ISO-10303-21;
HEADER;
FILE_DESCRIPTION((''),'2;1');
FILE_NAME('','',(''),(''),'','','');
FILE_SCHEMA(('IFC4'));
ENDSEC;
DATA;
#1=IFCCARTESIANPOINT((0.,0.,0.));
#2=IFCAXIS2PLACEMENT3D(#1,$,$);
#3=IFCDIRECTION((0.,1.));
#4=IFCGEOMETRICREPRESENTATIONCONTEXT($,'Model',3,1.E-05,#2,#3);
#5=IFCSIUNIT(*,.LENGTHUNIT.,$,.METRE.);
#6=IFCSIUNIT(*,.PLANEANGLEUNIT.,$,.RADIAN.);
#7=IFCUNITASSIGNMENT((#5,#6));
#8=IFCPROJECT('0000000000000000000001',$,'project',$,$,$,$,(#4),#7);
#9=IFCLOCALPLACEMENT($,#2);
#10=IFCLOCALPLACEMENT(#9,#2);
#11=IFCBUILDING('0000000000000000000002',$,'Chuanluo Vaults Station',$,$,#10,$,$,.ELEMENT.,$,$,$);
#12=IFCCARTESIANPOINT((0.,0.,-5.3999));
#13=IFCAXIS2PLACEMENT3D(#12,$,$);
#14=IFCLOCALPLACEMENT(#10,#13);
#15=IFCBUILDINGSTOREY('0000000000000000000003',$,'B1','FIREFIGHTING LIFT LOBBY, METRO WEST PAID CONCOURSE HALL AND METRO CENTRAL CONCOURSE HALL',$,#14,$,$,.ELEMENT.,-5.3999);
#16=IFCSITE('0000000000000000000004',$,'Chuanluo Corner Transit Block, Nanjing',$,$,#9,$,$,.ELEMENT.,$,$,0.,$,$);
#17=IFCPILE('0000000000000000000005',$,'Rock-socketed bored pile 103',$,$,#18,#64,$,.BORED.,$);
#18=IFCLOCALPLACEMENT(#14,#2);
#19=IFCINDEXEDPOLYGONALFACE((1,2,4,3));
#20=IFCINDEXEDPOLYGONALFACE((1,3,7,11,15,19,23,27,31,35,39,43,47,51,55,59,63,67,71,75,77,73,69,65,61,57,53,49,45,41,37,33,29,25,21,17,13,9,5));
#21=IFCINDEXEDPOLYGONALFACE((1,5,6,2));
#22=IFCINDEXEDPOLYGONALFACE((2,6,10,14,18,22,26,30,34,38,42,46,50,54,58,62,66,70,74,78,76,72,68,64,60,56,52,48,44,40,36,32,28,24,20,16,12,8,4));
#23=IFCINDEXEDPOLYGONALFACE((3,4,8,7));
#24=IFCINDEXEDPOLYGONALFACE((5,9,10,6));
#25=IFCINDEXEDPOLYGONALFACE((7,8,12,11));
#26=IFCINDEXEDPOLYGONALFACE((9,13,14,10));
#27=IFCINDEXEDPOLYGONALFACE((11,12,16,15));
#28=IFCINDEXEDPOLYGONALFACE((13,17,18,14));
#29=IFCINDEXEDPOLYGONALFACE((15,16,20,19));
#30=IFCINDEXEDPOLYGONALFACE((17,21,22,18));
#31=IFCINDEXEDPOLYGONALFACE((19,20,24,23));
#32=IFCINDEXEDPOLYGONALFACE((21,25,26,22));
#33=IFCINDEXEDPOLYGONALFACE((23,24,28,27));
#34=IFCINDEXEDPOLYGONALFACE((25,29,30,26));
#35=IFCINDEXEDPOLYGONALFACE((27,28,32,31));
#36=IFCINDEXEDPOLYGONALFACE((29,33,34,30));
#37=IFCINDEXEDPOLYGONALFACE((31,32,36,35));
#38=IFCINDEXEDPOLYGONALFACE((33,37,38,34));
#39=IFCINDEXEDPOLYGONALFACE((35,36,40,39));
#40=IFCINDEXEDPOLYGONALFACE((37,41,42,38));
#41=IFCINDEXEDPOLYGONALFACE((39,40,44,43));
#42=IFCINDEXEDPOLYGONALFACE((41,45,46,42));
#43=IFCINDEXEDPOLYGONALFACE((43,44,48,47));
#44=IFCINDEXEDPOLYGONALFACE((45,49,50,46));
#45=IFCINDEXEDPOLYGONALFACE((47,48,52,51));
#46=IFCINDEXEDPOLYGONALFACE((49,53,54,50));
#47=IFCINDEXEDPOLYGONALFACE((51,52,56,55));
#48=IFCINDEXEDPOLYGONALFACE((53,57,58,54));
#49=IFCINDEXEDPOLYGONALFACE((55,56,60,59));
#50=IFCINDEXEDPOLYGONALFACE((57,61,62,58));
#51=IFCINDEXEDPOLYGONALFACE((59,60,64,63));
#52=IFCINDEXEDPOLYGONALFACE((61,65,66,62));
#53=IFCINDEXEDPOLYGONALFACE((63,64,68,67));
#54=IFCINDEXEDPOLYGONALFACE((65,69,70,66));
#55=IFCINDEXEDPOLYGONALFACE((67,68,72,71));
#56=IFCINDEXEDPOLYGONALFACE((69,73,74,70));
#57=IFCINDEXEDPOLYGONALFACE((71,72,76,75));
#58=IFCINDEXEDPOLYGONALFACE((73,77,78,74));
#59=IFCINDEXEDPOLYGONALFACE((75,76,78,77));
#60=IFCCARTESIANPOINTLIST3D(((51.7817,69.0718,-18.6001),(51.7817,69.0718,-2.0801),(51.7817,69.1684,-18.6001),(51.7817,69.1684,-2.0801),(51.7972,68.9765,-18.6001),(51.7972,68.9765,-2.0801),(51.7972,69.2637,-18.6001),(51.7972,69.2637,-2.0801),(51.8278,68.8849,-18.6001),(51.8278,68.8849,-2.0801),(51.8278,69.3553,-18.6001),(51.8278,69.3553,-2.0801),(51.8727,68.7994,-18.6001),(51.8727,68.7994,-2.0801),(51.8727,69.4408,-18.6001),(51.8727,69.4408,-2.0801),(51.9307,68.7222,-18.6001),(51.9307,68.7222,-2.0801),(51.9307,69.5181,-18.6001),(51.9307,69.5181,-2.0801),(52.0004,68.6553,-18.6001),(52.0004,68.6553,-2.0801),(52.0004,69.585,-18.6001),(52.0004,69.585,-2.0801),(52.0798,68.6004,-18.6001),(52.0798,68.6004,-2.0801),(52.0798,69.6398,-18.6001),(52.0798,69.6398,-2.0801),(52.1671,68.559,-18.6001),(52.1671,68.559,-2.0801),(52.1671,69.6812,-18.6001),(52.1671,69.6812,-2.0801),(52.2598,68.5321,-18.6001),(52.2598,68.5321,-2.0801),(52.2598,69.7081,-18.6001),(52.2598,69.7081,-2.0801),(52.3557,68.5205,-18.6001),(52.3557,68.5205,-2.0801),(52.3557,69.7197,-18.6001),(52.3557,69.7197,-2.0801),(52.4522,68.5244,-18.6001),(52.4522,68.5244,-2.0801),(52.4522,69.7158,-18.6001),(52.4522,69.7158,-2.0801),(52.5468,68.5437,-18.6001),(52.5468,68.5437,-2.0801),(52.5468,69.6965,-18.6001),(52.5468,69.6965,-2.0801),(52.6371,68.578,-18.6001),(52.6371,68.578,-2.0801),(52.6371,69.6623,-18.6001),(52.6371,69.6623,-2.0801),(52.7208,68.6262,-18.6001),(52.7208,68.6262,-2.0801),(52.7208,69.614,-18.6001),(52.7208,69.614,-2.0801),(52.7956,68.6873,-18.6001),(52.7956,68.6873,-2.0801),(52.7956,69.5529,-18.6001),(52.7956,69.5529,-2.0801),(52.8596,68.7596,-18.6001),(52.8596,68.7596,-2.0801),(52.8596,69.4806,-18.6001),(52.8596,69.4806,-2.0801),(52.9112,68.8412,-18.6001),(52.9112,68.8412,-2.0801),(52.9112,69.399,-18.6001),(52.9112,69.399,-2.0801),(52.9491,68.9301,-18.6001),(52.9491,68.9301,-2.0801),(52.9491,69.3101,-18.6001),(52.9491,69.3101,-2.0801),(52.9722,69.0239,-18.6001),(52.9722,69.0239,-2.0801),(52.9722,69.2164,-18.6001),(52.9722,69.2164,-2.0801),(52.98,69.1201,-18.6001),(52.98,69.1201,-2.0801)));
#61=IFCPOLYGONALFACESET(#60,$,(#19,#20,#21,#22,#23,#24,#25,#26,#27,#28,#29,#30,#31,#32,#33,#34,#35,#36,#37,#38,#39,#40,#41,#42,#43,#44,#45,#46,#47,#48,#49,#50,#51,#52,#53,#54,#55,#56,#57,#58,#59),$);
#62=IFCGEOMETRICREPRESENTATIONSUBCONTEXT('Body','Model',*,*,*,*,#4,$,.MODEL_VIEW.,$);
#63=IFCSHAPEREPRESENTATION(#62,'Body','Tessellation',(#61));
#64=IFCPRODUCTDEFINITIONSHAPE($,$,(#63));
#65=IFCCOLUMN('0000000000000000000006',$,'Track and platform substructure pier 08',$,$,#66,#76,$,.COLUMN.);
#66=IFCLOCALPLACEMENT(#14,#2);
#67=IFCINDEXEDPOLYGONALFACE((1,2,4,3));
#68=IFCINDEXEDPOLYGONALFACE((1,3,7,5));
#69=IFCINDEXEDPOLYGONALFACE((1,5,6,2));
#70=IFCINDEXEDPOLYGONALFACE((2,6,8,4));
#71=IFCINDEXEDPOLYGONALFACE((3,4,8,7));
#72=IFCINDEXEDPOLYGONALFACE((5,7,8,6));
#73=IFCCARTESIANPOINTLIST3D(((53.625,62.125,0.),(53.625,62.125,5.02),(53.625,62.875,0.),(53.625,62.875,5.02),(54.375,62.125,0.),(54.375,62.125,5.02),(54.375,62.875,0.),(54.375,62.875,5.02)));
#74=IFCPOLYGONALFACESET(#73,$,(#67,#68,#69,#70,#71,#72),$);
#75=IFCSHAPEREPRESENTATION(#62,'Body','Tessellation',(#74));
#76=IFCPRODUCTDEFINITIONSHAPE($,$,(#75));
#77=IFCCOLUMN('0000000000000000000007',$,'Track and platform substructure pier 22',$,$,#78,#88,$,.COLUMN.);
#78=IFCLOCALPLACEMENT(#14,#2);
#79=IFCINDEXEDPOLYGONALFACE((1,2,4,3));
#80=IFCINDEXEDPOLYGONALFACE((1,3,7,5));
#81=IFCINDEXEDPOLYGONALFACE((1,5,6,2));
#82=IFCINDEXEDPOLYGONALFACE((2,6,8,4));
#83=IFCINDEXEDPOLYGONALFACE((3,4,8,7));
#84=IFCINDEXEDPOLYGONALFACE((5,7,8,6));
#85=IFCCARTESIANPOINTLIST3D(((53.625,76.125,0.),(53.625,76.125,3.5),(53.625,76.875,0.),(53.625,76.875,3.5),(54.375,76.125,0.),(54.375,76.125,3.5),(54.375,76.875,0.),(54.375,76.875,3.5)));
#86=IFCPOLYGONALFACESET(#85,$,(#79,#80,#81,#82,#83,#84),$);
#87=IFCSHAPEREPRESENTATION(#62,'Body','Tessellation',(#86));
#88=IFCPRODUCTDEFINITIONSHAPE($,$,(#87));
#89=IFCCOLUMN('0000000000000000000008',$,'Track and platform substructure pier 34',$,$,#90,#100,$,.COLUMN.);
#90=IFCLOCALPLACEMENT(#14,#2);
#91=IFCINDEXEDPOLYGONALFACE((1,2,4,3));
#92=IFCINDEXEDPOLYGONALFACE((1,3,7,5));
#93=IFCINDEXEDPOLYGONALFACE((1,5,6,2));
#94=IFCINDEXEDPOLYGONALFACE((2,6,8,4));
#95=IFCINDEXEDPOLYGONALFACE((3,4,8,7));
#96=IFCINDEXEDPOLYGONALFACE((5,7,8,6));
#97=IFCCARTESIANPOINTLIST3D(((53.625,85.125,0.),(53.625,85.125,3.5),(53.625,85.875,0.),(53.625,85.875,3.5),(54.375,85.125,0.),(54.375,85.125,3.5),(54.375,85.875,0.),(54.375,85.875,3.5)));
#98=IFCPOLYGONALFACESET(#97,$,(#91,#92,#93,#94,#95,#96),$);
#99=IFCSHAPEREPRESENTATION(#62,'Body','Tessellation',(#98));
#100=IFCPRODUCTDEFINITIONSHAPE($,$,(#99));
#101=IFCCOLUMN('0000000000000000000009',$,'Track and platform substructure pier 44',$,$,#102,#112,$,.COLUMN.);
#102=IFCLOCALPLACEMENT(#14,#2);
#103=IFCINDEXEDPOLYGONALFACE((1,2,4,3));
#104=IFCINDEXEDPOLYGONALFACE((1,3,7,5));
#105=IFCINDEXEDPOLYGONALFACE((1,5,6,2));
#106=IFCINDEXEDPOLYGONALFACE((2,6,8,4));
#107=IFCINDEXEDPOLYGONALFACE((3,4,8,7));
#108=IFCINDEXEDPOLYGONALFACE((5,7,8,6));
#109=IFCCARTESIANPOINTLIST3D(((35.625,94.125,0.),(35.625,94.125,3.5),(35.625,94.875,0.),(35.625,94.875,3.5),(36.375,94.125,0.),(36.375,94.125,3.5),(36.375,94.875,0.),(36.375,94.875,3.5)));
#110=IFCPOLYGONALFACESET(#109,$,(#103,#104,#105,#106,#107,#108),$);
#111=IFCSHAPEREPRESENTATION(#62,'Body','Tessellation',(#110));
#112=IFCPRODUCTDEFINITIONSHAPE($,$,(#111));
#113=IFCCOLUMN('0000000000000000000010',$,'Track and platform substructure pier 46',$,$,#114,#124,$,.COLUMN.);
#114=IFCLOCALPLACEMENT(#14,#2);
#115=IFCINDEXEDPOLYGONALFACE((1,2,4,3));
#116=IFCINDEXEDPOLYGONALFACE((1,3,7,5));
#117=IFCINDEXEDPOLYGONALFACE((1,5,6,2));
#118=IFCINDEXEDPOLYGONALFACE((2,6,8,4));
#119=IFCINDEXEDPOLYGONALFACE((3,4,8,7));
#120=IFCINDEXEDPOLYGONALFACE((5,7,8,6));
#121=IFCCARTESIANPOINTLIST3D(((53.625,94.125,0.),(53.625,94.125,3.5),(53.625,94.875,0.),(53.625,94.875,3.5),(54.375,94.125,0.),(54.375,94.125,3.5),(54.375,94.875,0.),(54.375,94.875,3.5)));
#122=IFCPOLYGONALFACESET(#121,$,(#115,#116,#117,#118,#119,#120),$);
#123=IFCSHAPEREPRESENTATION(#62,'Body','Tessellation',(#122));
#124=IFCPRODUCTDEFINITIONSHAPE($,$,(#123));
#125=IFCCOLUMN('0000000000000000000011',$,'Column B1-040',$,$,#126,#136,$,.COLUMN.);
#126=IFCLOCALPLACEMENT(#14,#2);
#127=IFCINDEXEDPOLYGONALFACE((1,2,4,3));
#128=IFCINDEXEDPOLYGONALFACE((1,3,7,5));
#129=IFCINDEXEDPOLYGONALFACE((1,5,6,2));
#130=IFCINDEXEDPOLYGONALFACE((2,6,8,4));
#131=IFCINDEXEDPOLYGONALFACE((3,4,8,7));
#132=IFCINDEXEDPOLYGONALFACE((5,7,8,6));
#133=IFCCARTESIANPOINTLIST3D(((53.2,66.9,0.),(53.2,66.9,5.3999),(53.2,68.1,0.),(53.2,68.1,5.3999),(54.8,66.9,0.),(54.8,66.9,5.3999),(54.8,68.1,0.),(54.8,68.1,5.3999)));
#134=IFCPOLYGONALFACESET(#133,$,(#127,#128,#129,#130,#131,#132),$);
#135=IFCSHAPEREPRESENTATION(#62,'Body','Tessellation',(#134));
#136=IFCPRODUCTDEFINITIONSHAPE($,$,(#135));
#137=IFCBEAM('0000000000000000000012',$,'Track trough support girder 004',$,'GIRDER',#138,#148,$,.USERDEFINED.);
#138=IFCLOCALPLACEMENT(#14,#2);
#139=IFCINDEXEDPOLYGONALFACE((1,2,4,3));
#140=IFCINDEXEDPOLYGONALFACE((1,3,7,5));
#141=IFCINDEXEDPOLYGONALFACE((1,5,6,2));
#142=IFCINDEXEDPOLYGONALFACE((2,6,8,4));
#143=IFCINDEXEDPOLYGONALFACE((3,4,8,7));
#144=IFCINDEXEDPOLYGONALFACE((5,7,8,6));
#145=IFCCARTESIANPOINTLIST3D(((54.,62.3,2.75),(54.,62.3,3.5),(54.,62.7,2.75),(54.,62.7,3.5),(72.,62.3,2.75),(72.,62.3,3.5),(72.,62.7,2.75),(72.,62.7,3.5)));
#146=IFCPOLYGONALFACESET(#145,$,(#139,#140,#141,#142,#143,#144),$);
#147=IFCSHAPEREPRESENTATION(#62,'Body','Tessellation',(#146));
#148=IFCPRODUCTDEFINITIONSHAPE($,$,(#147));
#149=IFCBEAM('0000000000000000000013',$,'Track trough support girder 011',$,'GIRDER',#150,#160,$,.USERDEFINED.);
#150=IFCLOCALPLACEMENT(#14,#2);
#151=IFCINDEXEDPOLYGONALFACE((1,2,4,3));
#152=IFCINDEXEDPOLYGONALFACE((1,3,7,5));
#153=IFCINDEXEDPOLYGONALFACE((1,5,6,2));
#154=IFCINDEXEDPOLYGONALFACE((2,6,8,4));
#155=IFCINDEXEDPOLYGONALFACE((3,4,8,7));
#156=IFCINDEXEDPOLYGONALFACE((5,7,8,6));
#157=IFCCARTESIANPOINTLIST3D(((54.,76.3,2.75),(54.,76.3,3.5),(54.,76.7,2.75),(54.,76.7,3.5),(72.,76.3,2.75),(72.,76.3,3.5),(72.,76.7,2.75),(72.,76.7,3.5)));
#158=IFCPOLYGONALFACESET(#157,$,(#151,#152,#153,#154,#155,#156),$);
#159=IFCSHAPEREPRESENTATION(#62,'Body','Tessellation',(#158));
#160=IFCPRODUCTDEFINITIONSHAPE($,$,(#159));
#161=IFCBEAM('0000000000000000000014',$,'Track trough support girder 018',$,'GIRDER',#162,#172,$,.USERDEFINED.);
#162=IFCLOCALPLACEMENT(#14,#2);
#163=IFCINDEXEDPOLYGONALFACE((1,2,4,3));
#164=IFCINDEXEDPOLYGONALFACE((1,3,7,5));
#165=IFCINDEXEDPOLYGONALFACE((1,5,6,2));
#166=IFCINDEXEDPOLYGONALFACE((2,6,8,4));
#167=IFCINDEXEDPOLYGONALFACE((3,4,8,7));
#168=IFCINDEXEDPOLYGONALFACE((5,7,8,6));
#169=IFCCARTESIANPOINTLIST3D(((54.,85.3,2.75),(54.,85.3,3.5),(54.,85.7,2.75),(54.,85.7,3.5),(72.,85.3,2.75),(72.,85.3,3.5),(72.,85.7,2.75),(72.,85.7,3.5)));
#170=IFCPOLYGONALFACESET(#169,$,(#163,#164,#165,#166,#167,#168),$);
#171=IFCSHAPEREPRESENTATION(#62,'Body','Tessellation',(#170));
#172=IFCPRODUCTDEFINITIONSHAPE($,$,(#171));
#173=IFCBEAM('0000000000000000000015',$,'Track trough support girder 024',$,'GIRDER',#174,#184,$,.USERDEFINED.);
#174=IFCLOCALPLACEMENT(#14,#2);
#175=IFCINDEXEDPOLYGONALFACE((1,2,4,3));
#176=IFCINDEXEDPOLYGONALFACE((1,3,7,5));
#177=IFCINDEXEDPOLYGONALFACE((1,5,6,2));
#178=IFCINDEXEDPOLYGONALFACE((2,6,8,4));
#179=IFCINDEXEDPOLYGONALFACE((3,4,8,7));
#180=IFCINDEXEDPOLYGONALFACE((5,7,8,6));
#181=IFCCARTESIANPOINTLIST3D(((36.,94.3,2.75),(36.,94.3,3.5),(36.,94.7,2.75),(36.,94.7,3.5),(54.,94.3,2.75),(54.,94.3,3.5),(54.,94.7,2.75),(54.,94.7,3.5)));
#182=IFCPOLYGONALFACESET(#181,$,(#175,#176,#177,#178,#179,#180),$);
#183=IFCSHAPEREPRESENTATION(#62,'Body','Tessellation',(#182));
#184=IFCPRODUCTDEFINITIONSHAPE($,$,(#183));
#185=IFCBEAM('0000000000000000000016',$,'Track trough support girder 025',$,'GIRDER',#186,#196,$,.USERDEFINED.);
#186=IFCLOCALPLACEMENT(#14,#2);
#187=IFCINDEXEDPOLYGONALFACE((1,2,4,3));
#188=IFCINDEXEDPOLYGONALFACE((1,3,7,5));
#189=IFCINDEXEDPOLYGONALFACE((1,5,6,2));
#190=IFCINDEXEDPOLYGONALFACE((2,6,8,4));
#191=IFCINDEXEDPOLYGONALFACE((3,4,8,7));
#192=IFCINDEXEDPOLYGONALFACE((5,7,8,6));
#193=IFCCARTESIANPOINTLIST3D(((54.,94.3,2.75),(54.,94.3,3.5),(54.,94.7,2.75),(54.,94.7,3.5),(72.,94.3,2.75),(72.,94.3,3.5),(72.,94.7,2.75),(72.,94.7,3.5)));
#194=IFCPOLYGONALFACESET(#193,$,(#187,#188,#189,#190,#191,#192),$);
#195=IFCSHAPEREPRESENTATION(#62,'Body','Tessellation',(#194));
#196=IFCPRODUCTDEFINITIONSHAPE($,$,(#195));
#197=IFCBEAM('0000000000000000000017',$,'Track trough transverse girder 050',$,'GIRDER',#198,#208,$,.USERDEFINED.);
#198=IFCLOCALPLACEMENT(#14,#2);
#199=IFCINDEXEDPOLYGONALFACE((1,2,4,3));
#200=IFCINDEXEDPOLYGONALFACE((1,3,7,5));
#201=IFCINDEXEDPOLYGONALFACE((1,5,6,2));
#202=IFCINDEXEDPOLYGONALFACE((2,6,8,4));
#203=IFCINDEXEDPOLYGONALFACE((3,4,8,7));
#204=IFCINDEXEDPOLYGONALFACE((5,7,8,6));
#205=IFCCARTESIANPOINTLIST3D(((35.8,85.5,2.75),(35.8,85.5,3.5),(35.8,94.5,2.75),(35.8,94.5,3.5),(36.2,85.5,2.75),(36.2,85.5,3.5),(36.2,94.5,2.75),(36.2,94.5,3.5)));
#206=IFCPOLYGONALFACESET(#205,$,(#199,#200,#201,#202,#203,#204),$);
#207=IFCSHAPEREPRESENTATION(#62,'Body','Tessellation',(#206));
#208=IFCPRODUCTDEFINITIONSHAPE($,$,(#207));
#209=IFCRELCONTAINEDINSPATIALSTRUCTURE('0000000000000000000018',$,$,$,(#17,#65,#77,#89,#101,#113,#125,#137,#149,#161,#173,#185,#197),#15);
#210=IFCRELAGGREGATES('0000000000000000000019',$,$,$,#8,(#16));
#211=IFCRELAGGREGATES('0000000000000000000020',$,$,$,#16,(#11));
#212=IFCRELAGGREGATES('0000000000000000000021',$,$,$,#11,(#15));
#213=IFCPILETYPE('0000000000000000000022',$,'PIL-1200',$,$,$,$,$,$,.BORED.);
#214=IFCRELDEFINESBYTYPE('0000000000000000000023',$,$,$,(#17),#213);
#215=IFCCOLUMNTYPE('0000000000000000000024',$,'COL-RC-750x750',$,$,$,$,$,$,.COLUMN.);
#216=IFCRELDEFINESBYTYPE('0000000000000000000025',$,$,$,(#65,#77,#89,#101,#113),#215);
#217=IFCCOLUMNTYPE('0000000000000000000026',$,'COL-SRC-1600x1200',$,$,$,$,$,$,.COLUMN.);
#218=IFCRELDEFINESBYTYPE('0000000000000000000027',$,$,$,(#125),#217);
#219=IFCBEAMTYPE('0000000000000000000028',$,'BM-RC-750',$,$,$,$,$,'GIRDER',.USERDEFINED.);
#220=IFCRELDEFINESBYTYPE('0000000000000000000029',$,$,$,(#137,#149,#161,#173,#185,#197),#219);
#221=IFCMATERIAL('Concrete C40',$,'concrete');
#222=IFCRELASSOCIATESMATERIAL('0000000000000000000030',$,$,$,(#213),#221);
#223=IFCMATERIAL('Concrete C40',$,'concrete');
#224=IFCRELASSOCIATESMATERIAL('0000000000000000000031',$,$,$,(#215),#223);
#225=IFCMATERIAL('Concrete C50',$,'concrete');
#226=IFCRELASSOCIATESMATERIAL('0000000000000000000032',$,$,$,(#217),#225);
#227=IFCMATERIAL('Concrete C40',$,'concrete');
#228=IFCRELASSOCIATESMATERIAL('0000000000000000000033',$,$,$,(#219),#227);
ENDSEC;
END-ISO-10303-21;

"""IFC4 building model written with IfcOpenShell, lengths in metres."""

from ifc_helpers import new_model, si_unit, direction, frame, origin, origin_2d, place, context, subcontext, project, spatial, rectangle, circle, extrude, material, material_profile, profile_set, type_object, element, save


model = new_model("IFC4")

# Units and contexts
model_context = context("Model", 3, precision=1e-05, world=origin(), true_north=direction((0.0, 1.0)))
body_context = subcontext(model_context, "Body", "Model", "MODEL_VIEW")
ifc_project = project(units=[si_unit("LENGTHUNIT", "METRE"), si_unit("PLANEANGLEUNIT", "RADIAN")], contexts=[model_context])

# Site, building, storey
site_placement = place(None, origin())
site = spatial("IfcSite", under=ifc_project, at=site_placement, Name="Chuanluo Corner Transit Block, Nanjing", CompositionType="ELEMENT", RefElevation=0.0)
building_placement = place(site_placement, origin())
building = spatial("IfcBuilding", under=site, at=building_placement, Name="Chuanluo Vaults Station", CompositionType="ELEMENT")
storey_placement = place(building_placement, frame((0.0, 0.0, -5.3999)))
storey = spatial("IfcBuildingStorey", under=building, at=storey_placement, Name="B1", Description="FIREFIGHTING LIFT LOBBY, METRO WEST PAID CONCOURSE HALL AND METRO CENTRAL CONCOURSE HALL", CompositionType="ELEMENT", Elevation=-5.3999)

# Pile
ifc_material_1 = material(Name="Concrete C40", Category="concrete")
ifc_material_profile_1 = material_profile(ifc_material_1, circle(Radius=0.6001, at=origin_2d()))
ifc_profile_set_1 = profile_set([ifc_material_profile_1], Name="Concrete C40")
pile_type_1 = type_object("IfcPileType", Name="PIL-1200", PredefinedType="BORED", material=ifc_profile_set_1)
for number, where, z_axis, x_axis, name in (
    (1, (52.3799, 69.1201, -2.0801), (0.0, 0.0, -1.0), (1.0, 0.0, 0.0), "Rock-socketed bored pile 103"),
):
    element("IfcPile", number, at=place(storey_placement, frame(where, z_axis=z_axis, x_axis=x_axis)), inside=storey, type_object=pile_type_1, Name=name, PredefinedType="BORED", context=body_context, shape_type="SweptSolid", body=[
        extrude(circle(Radius=0.6001, at=origin_2d()), origin(), (0.0, 0.0, 1.0), 16.52),
    ])

# Columns
ifc_material_2 = material(Name="Concrete C40", Category="concrete")
ifc_material_profile_2 = material_profile(ifc_material_2, rectangle(XDim=0.75, YDim=0.75, at=origin_2d()))
ifc_profile_set_2 = profile_set([ifc_material_profile_2], Name="Concrete C40")
column_type_1 = type_object("IfcColumnType", Name="COL-RC-750x750", PredefinedType="COLUMN", material=ifc_profile_set_2)
column_1_placement = place(storey_placement, frame((54.0, 62.5, 0.0), z_axis=(0.0, 0.0, 1.0), x_axis=(1.0, 0.0, 0.0)))
element("IfcColumn", 2, at=column_1_placement, inside=storey, type_object=column_type_1, Name="Track and platform substructure pier 08", PredefinedType="COLUMN", context=body_context, shape_type="SweptSolid", body=[
    extrude(rectangle(XDim=0.75, YDim=0.75, at=origin_2d()), origin(), (0.0, 0.0, 1.0), 5.02),
])
for number, where, z_axis, x_axis, name in (
    (3, (54.0, 76.5, 0.0), (0.0, 0.0, 1.0), (1.0, 0.0, 0.0), "Track and platform substructure pier 22"),
    (4, (54.0, 85.5, 0.0), (0.0, 0.0, 1.0), (1.0, 0.0, 0.0), "Track and platform substructure pier 34"),
    (5, (36.0, 94.5, 0.0), (0.0, 0.0, 1.0), (1.0, 0.0, 0.0), "Track and platform substructure pier 44"),
    (6, (54.0, 94.5, 0.0), (0.0, 0.0, 1.0), (1.0, 0.0, 0.0), "Track and platform substructure pier 46"),
):
    element("IfcColumn", number, at=place(storey_placement, frame(where, z_axis=z_axis, x_axis=x_axis)), inside=storey, type_object=column_type_1, Name=name, PredefinedType="COLUMN", context=body_context, shape_type="SweptSolid", body=[
        extrude(rectangle(XDim=0.75, YDim=0.75, at=origin_2d()), origin(), (0.0, 0.0, 1.0), 3.5),
    ])
ifc_material_3 = material(Name="Concrete C50", Category="concrete")
ifc_material_profile_3 = material_profile(ifc_material_3, rectangle(XDim=1.6001, YDim=1.2, at=origin_2d()))
ifc_profile_set_3 = profile_set([ifc_material_profile_3], Name="Concrete C50")
column_type_2 = type_object("IfcColumnType", Name="COL-SRC-1600x1200", PredefinedType="COLUMN", material=ifc_profile_set_3)
column_2_placement = place(storey_placement, frame((54.0, 67.5, 0.0), z_axis=(0.0, 0.0, 1.0), x_axis=(1.0, 0.0, 0.0)))
element("IfcColumn", 7, at=column_2_placement, inside=storey, type_object=column_type_2, Name="Column B1-040", PredefinedType="COLUMN", context=body_context, shape_type="SweptSolid", body=[
    extrude(rectangle(XDim=1.6001, YDim=1.2, at=origin_2d()), origin(), (0.0, 0.0, 1.0), 5.3999),
])

# Beams
ifc_material_4 = material(Name="Concrete C40", Category="concrete")
ifc_material_profile_4 = material_profile(ifc_material_4, rectangle(XDim=0.3999, YDim=0.75, at=origin_2d()))
ifc_profile_set_4 = profile_set([ifc_material_profile_4], Name="Concrete C40")
beam_type = type_object("IfcBeamType", Name="BM-RC-750", ElementType="GIRDER", PredefinedType="USERDEFINED", material=ifc_profile_set_4)
for number, where, z_axis, x_axis, name in (
    (8, (54.0, 62.5, 3.125), (1.0, 0.0, 0.0), (0.0, 1.0, 0.0), "Track trough support girder 004"),
    (9, (54.0, 76.5, 3.125), (1.0, 0.0, 0.0), (0.0, 1.0, 0.0), "Track trough support girder 011"),
    (10, (54.0, 85.5, 3.125), (1.0, 0.0, 0.0), (0.0, 1.0, 0.0), "Track trough support girder 018"),
    (11, (36.0, 94.5, 3.125), (1.0, 0.0, 0.0), (0.0, 1.0, 0.0), "Track trough support girder 024"),
    (12, (54.0, 94.5, 3.125), (1.0, 0.0, 0.0), (0.0, 1.0, 0.0), "Track trough support girder 025"),
):
    element("IfcBeam", number, at=place(storey_placement, frame(where, z_axis=z_axis, x_axis=x_axis)), inside=storey, type_object=beam_type, Name=name, ObjectType="GIRDER", PredefinedType="USERDEFINED", context=body_context, shape_type="SweptSolid", body=[
        extrude(rectangle(XDim=0.3999, YDim=0.75, at=origin_2d()), origin(), (0.0, 0.0, 1.0), 18.0),
    ])
for number, where, z_axis, x_axis, name in (
    (13, (36.0, 85.5, 3.125), (0.0, 1.0, 0.0), (-1.0, 0.0, 0.0), "Track trough transverse girder 050"),
):
    element("IfcBeam", number, at=place(storey_placement, frame(where, z_axis=z_axis, x_axis=x_axis)), inside=storey, type_object=beam_type, Name=name, ObjectType="GIRDER", PredefinedType="USERDEFINED", context=body_context, shape_type="SweptSolid", body=[
        extrude(rectangle(XDim=0.3999, YDim=0.75, at=origin_2d()), origin(), (0.0, 0.0, 1.0), 9.0),
    ])

save(model, "model.ifc")
